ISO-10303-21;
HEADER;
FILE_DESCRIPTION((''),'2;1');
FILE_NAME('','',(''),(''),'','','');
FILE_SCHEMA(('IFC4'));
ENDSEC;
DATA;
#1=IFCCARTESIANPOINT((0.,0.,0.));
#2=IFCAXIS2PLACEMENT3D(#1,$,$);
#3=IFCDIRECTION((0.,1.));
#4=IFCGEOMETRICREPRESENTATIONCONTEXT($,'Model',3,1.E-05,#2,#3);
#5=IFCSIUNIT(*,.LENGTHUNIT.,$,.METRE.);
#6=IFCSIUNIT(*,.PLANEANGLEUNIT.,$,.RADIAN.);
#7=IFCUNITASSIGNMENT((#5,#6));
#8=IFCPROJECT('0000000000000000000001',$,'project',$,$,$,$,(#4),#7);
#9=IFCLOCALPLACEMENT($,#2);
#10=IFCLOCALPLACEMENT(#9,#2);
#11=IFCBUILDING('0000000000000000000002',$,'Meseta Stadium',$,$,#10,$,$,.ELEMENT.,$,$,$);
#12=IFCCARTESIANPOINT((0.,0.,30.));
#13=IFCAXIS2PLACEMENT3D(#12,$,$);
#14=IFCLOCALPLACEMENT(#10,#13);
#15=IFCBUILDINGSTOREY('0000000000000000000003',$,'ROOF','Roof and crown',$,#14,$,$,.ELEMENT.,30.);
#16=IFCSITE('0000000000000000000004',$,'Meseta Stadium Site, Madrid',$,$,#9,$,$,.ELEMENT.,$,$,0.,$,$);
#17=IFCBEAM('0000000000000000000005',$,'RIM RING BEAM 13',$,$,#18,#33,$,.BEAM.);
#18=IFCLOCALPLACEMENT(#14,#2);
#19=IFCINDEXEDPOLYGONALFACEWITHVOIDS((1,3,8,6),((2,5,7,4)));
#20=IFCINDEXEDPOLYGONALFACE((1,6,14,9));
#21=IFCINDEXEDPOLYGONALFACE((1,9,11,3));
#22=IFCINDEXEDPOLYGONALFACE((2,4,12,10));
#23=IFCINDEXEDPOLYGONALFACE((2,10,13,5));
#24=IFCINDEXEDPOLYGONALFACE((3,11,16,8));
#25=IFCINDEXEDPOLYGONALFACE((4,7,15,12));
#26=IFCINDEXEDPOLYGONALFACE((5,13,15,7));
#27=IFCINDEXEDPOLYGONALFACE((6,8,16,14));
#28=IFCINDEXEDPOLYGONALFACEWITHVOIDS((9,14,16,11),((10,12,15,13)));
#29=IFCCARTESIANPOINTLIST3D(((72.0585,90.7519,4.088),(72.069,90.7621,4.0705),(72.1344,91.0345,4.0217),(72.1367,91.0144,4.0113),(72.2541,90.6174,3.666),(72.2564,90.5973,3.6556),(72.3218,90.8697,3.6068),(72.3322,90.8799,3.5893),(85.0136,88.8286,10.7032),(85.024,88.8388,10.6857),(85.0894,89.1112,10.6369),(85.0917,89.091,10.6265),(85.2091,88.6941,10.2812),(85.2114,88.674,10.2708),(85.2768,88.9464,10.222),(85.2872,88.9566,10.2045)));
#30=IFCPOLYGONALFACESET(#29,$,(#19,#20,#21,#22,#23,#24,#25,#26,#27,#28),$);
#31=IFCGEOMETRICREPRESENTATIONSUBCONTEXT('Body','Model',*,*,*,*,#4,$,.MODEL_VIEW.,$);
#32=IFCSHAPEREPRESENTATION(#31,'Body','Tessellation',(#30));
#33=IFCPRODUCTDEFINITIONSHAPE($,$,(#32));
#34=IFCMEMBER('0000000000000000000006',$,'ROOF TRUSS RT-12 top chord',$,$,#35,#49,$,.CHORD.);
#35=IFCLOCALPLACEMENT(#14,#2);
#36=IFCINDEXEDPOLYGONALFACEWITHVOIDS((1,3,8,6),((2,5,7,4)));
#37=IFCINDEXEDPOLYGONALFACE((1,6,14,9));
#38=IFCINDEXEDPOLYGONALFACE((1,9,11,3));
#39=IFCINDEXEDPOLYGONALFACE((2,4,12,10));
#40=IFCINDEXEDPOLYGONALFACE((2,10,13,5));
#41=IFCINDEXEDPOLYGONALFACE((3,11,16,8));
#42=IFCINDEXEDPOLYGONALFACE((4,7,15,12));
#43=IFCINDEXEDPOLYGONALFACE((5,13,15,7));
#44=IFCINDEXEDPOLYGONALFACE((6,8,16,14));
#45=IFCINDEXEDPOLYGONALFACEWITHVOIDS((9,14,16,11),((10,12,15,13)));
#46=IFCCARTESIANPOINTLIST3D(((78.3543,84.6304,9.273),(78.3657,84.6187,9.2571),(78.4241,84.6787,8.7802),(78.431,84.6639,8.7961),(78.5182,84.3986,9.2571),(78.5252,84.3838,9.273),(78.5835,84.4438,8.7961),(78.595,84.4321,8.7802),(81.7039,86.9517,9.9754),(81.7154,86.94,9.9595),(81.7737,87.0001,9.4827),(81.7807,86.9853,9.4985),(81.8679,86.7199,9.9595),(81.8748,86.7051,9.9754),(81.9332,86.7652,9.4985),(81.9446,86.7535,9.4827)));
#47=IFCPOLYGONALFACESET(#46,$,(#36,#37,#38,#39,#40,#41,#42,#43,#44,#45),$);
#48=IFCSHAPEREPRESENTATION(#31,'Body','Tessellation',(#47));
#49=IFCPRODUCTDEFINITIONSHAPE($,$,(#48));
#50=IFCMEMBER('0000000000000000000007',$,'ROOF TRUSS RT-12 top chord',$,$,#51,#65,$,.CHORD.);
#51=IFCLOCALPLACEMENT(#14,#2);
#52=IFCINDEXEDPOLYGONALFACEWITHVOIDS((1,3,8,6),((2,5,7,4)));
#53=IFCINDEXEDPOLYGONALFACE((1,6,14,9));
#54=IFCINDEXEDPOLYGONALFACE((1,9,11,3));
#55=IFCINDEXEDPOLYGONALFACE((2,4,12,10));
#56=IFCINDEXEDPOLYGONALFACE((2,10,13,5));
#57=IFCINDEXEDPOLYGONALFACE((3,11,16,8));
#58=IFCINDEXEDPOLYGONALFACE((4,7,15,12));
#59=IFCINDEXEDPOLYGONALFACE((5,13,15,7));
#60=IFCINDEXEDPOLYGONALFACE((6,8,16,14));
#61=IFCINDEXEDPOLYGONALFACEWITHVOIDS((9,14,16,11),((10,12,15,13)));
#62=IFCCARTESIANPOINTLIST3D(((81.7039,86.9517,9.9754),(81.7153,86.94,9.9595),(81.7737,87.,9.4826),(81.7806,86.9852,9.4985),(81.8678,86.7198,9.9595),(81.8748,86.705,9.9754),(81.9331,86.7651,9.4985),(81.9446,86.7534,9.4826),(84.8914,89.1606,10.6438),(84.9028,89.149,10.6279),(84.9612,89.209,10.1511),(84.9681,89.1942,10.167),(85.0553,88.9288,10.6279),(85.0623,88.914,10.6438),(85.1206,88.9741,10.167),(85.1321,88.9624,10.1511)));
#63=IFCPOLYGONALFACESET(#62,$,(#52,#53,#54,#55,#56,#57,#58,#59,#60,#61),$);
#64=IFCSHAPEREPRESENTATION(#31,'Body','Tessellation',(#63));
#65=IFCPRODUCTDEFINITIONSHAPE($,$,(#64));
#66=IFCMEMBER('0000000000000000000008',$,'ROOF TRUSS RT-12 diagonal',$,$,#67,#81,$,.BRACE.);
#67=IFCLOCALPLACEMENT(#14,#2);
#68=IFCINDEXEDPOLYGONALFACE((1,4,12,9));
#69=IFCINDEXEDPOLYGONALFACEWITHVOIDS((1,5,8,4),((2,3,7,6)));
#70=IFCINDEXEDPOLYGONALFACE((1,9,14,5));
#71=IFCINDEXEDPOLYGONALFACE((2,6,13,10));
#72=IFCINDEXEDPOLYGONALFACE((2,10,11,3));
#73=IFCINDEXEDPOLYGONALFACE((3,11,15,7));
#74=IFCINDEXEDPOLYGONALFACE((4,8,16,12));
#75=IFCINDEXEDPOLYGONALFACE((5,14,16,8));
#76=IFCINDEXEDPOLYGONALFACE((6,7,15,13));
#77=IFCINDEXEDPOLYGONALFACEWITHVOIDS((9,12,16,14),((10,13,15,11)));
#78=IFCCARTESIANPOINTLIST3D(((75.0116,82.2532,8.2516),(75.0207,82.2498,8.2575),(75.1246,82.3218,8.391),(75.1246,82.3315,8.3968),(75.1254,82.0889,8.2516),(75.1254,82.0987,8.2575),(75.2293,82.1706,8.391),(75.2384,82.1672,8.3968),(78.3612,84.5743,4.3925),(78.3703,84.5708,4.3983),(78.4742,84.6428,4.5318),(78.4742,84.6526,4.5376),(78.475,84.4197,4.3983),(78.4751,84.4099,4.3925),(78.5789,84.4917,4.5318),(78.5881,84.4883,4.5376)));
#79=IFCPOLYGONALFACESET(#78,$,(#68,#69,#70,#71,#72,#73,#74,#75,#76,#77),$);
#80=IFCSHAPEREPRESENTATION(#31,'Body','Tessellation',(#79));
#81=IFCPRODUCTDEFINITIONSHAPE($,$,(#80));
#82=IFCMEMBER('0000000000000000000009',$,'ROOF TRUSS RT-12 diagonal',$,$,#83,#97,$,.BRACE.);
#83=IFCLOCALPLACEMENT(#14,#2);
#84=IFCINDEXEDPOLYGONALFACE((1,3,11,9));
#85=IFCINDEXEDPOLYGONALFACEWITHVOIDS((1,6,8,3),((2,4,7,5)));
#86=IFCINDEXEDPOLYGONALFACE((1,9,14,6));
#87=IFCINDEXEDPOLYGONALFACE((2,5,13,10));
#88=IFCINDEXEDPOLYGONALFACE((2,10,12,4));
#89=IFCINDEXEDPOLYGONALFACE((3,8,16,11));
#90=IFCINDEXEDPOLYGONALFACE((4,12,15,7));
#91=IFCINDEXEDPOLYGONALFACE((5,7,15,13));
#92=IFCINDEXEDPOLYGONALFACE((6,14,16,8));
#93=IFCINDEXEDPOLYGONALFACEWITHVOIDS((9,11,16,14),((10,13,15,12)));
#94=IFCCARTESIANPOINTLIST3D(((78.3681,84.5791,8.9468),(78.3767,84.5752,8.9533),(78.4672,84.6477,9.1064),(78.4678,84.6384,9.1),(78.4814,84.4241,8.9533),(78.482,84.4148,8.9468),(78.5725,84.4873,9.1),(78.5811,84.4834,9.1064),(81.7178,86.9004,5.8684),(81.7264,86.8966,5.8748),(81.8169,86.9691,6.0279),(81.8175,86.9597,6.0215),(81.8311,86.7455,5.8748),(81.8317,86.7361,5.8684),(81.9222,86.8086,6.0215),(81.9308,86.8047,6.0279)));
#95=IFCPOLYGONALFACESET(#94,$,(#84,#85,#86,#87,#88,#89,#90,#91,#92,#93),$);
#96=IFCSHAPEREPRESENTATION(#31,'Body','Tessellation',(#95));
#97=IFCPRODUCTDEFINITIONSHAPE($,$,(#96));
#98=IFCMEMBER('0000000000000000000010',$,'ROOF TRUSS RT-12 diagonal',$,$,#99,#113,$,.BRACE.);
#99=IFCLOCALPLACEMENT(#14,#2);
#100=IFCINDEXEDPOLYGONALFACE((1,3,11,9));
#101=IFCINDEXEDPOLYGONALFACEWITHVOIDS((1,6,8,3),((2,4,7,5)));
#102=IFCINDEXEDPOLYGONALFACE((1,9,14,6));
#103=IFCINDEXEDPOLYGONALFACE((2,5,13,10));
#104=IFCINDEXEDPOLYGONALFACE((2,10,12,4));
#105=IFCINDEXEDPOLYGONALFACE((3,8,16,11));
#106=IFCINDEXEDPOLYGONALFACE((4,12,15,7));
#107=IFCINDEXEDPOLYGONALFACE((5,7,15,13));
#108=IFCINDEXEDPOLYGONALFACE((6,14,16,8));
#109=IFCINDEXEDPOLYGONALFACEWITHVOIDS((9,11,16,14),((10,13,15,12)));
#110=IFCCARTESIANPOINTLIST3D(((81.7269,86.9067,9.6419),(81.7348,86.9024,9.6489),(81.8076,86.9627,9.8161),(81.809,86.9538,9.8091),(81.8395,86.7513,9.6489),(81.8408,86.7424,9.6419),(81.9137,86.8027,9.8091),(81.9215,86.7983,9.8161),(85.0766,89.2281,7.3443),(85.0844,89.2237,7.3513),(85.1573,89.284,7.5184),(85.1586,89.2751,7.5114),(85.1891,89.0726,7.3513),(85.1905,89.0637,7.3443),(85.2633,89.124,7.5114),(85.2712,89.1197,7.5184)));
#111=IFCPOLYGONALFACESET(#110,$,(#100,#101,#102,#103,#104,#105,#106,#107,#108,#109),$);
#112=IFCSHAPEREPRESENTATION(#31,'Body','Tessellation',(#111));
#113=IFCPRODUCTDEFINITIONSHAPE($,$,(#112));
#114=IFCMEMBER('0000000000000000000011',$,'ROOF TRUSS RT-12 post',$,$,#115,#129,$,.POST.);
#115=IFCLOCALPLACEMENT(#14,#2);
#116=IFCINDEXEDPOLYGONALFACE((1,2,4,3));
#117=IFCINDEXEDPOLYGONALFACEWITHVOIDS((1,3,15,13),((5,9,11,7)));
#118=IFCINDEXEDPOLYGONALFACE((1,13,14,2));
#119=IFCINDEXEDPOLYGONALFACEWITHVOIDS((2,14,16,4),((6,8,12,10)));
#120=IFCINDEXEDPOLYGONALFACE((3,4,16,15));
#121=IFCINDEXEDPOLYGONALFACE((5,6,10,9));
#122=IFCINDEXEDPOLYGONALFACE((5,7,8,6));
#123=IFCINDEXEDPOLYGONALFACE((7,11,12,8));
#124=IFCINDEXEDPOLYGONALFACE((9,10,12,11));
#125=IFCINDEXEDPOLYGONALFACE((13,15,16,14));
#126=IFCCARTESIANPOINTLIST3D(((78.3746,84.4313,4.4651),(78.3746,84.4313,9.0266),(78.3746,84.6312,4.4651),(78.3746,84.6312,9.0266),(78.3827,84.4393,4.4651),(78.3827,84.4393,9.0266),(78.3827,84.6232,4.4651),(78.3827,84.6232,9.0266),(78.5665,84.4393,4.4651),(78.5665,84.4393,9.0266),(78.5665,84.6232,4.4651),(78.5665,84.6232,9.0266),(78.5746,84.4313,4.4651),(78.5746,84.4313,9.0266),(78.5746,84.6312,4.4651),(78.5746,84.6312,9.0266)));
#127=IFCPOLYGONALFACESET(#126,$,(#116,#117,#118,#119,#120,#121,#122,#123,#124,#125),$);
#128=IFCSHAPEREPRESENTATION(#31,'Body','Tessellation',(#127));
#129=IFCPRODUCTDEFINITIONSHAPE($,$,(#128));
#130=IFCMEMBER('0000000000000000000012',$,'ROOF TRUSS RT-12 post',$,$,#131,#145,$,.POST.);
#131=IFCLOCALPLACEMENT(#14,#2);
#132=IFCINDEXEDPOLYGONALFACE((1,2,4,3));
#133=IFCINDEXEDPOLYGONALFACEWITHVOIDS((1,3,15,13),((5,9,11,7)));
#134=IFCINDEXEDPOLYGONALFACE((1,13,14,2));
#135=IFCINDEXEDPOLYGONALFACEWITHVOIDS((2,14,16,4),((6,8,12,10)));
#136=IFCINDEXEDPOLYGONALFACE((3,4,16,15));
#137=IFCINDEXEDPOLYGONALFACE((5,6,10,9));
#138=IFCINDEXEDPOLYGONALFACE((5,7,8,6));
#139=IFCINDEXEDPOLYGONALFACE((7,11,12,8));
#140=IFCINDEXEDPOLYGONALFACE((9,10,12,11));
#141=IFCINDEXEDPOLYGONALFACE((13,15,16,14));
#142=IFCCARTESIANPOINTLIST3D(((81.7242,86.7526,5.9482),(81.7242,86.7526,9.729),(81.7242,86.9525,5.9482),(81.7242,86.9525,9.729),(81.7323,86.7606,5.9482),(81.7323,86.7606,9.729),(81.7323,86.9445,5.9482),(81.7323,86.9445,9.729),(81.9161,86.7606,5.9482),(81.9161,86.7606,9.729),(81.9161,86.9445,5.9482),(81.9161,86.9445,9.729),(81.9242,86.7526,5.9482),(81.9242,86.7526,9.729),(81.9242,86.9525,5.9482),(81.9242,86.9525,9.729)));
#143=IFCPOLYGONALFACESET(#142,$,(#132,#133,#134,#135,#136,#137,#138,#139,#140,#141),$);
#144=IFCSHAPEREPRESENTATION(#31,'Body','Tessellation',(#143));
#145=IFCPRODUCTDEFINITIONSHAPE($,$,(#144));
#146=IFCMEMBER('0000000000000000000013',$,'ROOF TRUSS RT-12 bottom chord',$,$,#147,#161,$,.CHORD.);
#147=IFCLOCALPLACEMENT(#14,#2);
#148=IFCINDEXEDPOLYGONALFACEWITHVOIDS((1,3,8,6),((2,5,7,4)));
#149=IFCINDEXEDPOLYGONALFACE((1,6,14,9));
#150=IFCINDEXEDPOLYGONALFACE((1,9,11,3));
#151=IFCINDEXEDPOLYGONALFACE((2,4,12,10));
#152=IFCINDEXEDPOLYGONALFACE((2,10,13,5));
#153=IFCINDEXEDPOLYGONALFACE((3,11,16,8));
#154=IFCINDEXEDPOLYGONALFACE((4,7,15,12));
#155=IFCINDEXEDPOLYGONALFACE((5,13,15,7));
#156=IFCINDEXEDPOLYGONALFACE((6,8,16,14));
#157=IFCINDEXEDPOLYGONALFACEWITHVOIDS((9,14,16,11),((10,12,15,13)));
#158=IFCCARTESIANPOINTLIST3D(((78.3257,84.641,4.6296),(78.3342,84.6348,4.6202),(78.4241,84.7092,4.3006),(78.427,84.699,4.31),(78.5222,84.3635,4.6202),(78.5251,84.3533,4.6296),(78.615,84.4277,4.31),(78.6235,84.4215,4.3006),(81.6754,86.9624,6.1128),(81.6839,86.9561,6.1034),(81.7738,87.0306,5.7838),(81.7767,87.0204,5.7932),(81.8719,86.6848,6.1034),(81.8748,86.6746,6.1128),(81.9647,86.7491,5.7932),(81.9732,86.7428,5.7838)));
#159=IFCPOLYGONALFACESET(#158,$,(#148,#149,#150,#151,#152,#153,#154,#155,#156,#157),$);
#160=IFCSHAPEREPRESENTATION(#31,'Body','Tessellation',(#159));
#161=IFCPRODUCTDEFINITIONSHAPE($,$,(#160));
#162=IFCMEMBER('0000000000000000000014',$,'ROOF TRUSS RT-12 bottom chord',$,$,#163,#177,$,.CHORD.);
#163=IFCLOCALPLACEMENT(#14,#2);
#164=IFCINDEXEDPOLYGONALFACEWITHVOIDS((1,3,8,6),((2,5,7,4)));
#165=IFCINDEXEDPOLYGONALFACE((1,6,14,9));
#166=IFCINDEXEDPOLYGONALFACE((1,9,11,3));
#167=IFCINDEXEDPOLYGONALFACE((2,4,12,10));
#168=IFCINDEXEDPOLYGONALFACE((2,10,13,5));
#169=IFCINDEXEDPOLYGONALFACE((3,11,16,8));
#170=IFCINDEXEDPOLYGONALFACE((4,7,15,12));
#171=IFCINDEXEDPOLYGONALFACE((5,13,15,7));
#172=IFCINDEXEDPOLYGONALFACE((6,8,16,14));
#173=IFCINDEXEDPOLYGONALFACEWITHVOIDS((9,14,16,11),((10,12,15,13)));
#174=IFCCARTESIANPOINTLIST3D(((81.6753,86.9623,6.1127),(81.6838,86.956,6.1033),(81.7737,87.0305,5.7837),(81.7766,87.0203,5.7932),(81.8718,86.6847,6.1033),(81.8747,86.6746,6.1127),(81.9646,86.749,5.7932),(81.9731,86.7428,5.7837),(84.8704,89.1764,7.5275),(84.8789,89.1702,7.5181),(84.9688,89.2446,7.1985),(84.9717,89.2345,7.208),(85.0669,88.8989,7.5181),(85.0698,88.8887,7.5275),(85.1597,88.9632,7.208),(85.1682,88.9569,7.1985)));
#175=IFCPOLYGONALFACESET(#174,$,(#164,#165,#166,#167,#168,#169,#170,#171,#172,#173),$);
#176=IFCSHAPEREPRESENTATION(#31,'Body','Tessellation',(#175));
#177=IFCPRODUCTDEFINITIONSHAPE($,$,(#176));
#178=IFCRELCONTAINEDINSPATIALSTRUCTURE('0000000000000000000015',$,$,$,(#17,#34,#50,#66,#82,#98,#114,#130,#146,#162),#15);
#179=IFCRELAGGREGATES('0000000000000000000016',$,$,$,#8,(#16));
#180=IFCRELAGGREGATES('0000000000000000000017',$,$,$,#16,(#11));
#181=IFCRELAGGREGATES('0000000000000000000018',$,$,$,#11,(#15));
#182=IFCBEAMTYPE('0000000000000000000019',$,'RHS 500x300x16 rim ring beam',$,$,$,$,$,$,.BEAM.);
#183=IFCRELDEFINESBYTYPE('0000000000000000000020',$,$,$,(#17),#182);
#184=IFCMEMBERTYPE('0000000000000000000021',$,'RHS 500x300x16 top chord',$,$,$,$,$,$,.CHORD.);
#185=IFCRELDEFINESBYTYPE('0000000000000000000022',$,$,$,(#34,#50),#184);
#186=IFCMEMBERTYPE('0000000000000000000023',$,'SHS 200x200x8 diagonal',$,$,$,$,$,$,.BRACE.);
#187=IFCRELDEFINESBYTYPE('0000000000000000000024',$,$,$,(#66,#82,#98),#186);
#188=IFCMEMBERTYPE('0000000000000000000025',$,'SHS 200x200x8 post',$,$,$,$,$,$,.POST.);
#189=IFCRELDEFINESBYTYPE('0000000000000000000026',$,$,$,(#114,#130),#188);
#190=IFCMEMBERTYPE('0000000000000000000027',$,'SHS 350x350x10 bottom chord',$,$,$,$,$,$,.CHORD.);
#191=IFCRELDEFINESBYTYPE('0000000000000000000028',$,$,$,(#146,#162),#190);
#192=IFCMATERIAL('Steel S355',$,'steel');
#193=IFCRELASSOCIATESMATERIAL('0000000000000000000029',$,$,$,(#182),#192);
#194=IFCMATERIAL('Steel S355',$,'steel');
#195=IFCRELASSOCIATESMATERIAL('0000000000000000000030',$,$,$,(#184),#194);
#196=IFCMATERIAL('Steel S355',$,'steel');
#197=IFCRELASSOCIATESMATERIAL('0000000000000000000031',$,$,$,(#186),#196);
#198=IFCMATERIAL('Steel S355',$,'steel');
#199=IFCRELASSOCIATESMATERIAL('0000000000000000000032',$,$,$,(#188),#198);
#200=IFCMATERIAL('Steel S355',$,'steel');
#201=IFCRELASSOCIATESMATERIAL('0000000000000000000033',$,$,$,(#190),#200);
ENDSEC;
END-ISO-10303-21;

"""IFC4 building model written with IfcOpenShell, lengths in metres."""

from ifc_helpers import new_model, si_unit, direction, frame, origin, origin_2d, place, context, subcontext, project, spatial, hollow_rectangle, extrude, material, material_profile, profile_set, type_object, element, save


model = new_model("IFC4")

# Units and contexts
model_context = context("Model", 3, precision=1e-05, world=origin(), true_north=direction((0.0, 1.0)))
body_context = subcontext(model_context, "Body", "Model", "MODEL_VIEW")
ifc_project = project(units=[si_unit("LENGTHUNIT", "METRE"), si_unit("PLANEANGLEUNIT", "RADIAN")], contexts=[model_context])

# Site, building, storey
site_placement = place(None, origin())
site = spatial("IfcSite", under=ifc_project, at=site_placement, Name="Meseta Stadium Site, Madrid", CompositionType="ELEMENT", RefElevation=0.0)
building_placement = place(site_placement, origin())
building = spatial("IfcBuilding", under=site, at=building_placement, Name="Meseta Stadium", CompositionType="ELEMENT")
storey_placement = place(building_placement, frame((0.0, 0.0, 30.0)))
storey = spatial("IfcBuildingStorey", under=building, at=storey_placement, Name="ROOF", Description="Roof and crown", CompositionType="ELEMENT", Elevation=30.0)

# Beam
ifc_material_1 = material(Name="Steel S355", Category="steel")
ifc_material_profile_1 = material_profile(ifc_material_1, hollow_rectangle(XDim=0.3, YDim=0.5, WallThickness=0.0161, at=origin_2d()), Name="RHS 500x300x16")
ifc_profile_set_1 = profile_set([ifc_material_profile_1], Name="Steel S355")
beam_type = type_object("IfcBeamType", Name="RHS 500x300x16 rim ring beam", PredefinedType="BEAM", material=ifc_profile_set_1)
beam_placement = place(storey_placement, frame((85.1504, 88.8926, 10.4539), z_axis=(-0.882924, 0.131081, -0.450846), x_axis=(-0.252779, -0.941903, 0.221182)))
element("IfcBeam", 1, at=beam_placement, inside=storey, type_object=beam_type, Name="RIM RING BEAM 13", PredefinedType="BEAM", context=body_context, shape_type="SweptSolid", body=[
    extrude(hollow_rectangle(XDim=0.3, YDim=0.5, WallThickness=0.0161, at=origin_2d()), origin(), (0.0, 0.0, 1.0), 14.6729),
])

# Members
ifc_material_2 = material(Name="Steel S355", Category="steel")
ifc_material_profile_2 = material_profile(ifc_material_2, hollow_rectangle(XDim=0.3, YDim=0.5, WallThickness=0.0161, at=origin_2d()), Name="RHS 500x300x16")
ifc_profile_set_2 = profile_set([ifc_material_profile_2], Name="Steel S355")
member_type_1 = type_object("IfcMemberType", Name="RHS 500x300x16 top chord", PredefinedType="CHORD", material=ifc_profile_set_2)
member_1_placement = place(storey_placement, frame((78.4746, 84.5312, 9.0266), z_axis=(0.809982, 0.56132, 0.169848), x_axis=(-0.569596, 0.821925, 0.0)))
element("IfcMember", 2, at=member_1_placement, inside=storey, type_object=member_type_1, Name="ROOF TRUSS RT-12 top chord", PredefinedType="CHORD", context=body_context, shape_type="SweptSolid", body=[
    extrude(hollow_rectangle(XDim=0.3, YDim=0.5, WallThickness=0.0161, at=origin_2d()), origin(), (0.0, 0.0, 1.0), 4.1355),
])
member_2_placement = place(storey_placement, frame((81.8242, 86.8525, 9.729), z_axis=(0.809976, 0.561325, 0.169862), x_axis=(-0.569603, 0.82192, 0.0)))
element("IfcMember", 3, at=member_2_placement, inside=storey, type_object=member_type_1, Name="ROOF TRUSS RT-12 top chord", PredefinedType="CHORD", context=body_context, shape_type="SweptSolid", body=[
    extrude(hollow_rectangle(XDim=0.3, YDim=0.5, WallThickness=0.0161, at=origin_2d()), origin(), (0.0, 0.0, 1.0), 3.9353),
])
ifc_material_3 = material(Name="Steel S355", Category="steel")
ifc_material_profile_3 = material_profile(ifc_material_3, hollow_rectangle(XDim=0.2, YDim=0.2, WallThickness=0.0081, at=origin_2d()), Name="SHS 200x200x8")
ifc_profile_set_3 = profile_set([ifc_material_profile_3], Name="Steel S355")
member_type_2 = type_object("IfcMemberType", Name="SHS 200x200x8 diagonal", PredefinedType="BRACE", material=ifc_profile_set_3)
member_3_placement = place(storey_placement, frame((75.125, 82.2102, 8.3242), z_axis=(0.596814, 0.41355, -0.687597), x_axis=(-0.569556, 0.821953, 0.0)))
element("IfcMember", 4, at=member_3_placement, inside=storey, type_object=member_type_2, Name="ROOF TRUSS RT-12 diagonal", PredefinedType="BRACE", context=body_context, shape_type="SweptSolid", body=[
    extrude(hollow_rectangle(XDim=0.2, YDim=0.2, WallThickness=0.0081, at=origin_2d()), origin(), (0.0, 0.0, 1.0), 5.6125),
])
member_4_placement = place(storey_placement, frame((78.4746, 84.5312, 9.0266), z_axis=(0.655846, 0.454503, -0.602738), x_axis=(-0.569596, 0.821925, 0.0)))
element("IfcMember", 5, at=member_4_placement, inside=storey, type_object=member_type_2, Name="ROOF TRUSS RT-12 diagonal", PredefinedType="BRACE", context=body_context, shape_type="SweptSolid", body=[
    extrude(hollow_rectangle(XDim=0.2, YDim=0.2, WallThickness=0.0081, at=origin_2d()), origin(), (0.0, 0.0, 1.0), 5.1074),
])
member_5_placement = place(storey_placement, frame((81.8242, 86.8525, 9.729), z_axis=(0.715976, 0.496173, -0.491111), x_axis=(-0.569596, 0.821925, 0.0)))
element("IfcMember", 6, at=member_5_placement, inside=storey, type_object=member_type_2, Name="ROOF TRUSS RT-12 diagonal", PredefinedType="BRACE", context=body_context, shape_type="SweptSolid", body=[
    extrude(hollow_rectangle(XDim=0.2, YDim=0.2, WallThickness=0.0081, at=origin_2d()), origin(), (0.0, 0.0, 1.0), 4.6785),
])
ifc_material_4 = material(Name="Steel S355", Category="steel")
ifc_material_profile_4 = material_profile(ifc_material_4, hollow_rectangle(XDim=0.2, YDim=0.2, WallThickness=0.0081, at=origin_2d()), Name="SHS 200x200x8")
ifc_profile_set_4 = profile_set([ifc_material_profile_4], Name="Steel S355")
member_type_3 = type_object("IfcMemberType", Name="SHS 200x200x8 post", PredefinedType="POST", material=ifc_profile_set_4)
member_6_placement = place(storey_placement, frame((78.4746, 84.5312, 4.4651), z_axis=(0.0, 0.0, 1.0), x_axis=(1.0, 0.0, 0.0)))
element("IfcMember", 7, at=member_6_placement, inside=storey, type_object=member_type_3, Name="ROOF TRUSS RT-12 post", PredefinedType="POST", context=body_context, shape_type="SweptSolid", body=[
    extrude(hollow_rectangle(XDim=0.2, YDim=0.2, WallThickness=0.0081, at=origin_2d()), origin(), (0.0, 0.0, 1.0), 4.5615),
])
member_7_placement = place(storey_placement, frame((81.8242, 86.8525, 5.9482), z_axis=(0.0, 0.0, 1.0), x_axis=(1.0, 0.0, 0.0)))
element("IfcMember", 8, at=member_7_placement, inside=storey, type_object=member_type_3, Name="ROOF TRUSS RT-12 post", PredefinedType="POST", context=body_context, shape_type="SweptSolid", body=[
    extrude(hollow_rectangle(XDim=0.2, YDim=0.2, WallThickness=0.0081, at=origin_2d()), origin(), (0.0, 0.0, 1.0), 3.7808),
])
ifc_material_5 = material(Name="Steel S355", Category="steel")
ifc_material_profile_5 = material_profile(ifc_material_5, hollow_rectangle(XDim=0.3501, YDim=0.3501, WallThickness=0.01, at=origin_2d()), Name="SHS 350x350x10")
ifc_profile_set_5 = profile_set([ifc_material_profile_5], Name="Steel S355")
member_type_4 = type_object("IfcMemberType", Name="SHS 350x350x10 bottom chord", PredefinedType="CHORD", material=ifc_profile_set_5)
member_8_placement = place(storey_placement, frame((78.4746, 84.5312, 4.4651), z_axis=(0.772365, 0.535251, 0.341991), x_axis=(-0.569596, 0.821925, 0.0)))
element("IfcMember", 9, at=member_8_placement, inside=storey, type_object=member_type_4, Name="ROOF TRUSS RT-12 bottom chord", PredefinedType="CHORD", context=body_context, shape_type="SweptSolid", body=[
    extrude(hollow_rectangle(XDim=0.3501, YDim=0.3501, WallThickness=0.01, at=origin_2d()), origin(), (0.0, 0.0, 1.0), 4.3369),
])
member_9_placement = place(storey_placement, frame((81.8242, 86.8525, 5.9482), z_axis=(0.772369, 0.535234, 0.342009), x_axis=(-0.569582, 0.821934, 0.0)))
element("IfcMember", 10, at=member_9_placement, inside=storey, type_object=member_type_4, Name="ROOF TRUSS RT-12 bottom chord", PredefinedType="CHORD", context=body_context, shape_type="SweptSolid", body=[
    extrude(hollow_rectangle(XDim=0.3501, YDim=0.3501, WallThickness=0.01, at=origin_2d()), origin(), (0.0, 0.0, 1.0), 4.1367),
])

save(model, "model.ifc")
